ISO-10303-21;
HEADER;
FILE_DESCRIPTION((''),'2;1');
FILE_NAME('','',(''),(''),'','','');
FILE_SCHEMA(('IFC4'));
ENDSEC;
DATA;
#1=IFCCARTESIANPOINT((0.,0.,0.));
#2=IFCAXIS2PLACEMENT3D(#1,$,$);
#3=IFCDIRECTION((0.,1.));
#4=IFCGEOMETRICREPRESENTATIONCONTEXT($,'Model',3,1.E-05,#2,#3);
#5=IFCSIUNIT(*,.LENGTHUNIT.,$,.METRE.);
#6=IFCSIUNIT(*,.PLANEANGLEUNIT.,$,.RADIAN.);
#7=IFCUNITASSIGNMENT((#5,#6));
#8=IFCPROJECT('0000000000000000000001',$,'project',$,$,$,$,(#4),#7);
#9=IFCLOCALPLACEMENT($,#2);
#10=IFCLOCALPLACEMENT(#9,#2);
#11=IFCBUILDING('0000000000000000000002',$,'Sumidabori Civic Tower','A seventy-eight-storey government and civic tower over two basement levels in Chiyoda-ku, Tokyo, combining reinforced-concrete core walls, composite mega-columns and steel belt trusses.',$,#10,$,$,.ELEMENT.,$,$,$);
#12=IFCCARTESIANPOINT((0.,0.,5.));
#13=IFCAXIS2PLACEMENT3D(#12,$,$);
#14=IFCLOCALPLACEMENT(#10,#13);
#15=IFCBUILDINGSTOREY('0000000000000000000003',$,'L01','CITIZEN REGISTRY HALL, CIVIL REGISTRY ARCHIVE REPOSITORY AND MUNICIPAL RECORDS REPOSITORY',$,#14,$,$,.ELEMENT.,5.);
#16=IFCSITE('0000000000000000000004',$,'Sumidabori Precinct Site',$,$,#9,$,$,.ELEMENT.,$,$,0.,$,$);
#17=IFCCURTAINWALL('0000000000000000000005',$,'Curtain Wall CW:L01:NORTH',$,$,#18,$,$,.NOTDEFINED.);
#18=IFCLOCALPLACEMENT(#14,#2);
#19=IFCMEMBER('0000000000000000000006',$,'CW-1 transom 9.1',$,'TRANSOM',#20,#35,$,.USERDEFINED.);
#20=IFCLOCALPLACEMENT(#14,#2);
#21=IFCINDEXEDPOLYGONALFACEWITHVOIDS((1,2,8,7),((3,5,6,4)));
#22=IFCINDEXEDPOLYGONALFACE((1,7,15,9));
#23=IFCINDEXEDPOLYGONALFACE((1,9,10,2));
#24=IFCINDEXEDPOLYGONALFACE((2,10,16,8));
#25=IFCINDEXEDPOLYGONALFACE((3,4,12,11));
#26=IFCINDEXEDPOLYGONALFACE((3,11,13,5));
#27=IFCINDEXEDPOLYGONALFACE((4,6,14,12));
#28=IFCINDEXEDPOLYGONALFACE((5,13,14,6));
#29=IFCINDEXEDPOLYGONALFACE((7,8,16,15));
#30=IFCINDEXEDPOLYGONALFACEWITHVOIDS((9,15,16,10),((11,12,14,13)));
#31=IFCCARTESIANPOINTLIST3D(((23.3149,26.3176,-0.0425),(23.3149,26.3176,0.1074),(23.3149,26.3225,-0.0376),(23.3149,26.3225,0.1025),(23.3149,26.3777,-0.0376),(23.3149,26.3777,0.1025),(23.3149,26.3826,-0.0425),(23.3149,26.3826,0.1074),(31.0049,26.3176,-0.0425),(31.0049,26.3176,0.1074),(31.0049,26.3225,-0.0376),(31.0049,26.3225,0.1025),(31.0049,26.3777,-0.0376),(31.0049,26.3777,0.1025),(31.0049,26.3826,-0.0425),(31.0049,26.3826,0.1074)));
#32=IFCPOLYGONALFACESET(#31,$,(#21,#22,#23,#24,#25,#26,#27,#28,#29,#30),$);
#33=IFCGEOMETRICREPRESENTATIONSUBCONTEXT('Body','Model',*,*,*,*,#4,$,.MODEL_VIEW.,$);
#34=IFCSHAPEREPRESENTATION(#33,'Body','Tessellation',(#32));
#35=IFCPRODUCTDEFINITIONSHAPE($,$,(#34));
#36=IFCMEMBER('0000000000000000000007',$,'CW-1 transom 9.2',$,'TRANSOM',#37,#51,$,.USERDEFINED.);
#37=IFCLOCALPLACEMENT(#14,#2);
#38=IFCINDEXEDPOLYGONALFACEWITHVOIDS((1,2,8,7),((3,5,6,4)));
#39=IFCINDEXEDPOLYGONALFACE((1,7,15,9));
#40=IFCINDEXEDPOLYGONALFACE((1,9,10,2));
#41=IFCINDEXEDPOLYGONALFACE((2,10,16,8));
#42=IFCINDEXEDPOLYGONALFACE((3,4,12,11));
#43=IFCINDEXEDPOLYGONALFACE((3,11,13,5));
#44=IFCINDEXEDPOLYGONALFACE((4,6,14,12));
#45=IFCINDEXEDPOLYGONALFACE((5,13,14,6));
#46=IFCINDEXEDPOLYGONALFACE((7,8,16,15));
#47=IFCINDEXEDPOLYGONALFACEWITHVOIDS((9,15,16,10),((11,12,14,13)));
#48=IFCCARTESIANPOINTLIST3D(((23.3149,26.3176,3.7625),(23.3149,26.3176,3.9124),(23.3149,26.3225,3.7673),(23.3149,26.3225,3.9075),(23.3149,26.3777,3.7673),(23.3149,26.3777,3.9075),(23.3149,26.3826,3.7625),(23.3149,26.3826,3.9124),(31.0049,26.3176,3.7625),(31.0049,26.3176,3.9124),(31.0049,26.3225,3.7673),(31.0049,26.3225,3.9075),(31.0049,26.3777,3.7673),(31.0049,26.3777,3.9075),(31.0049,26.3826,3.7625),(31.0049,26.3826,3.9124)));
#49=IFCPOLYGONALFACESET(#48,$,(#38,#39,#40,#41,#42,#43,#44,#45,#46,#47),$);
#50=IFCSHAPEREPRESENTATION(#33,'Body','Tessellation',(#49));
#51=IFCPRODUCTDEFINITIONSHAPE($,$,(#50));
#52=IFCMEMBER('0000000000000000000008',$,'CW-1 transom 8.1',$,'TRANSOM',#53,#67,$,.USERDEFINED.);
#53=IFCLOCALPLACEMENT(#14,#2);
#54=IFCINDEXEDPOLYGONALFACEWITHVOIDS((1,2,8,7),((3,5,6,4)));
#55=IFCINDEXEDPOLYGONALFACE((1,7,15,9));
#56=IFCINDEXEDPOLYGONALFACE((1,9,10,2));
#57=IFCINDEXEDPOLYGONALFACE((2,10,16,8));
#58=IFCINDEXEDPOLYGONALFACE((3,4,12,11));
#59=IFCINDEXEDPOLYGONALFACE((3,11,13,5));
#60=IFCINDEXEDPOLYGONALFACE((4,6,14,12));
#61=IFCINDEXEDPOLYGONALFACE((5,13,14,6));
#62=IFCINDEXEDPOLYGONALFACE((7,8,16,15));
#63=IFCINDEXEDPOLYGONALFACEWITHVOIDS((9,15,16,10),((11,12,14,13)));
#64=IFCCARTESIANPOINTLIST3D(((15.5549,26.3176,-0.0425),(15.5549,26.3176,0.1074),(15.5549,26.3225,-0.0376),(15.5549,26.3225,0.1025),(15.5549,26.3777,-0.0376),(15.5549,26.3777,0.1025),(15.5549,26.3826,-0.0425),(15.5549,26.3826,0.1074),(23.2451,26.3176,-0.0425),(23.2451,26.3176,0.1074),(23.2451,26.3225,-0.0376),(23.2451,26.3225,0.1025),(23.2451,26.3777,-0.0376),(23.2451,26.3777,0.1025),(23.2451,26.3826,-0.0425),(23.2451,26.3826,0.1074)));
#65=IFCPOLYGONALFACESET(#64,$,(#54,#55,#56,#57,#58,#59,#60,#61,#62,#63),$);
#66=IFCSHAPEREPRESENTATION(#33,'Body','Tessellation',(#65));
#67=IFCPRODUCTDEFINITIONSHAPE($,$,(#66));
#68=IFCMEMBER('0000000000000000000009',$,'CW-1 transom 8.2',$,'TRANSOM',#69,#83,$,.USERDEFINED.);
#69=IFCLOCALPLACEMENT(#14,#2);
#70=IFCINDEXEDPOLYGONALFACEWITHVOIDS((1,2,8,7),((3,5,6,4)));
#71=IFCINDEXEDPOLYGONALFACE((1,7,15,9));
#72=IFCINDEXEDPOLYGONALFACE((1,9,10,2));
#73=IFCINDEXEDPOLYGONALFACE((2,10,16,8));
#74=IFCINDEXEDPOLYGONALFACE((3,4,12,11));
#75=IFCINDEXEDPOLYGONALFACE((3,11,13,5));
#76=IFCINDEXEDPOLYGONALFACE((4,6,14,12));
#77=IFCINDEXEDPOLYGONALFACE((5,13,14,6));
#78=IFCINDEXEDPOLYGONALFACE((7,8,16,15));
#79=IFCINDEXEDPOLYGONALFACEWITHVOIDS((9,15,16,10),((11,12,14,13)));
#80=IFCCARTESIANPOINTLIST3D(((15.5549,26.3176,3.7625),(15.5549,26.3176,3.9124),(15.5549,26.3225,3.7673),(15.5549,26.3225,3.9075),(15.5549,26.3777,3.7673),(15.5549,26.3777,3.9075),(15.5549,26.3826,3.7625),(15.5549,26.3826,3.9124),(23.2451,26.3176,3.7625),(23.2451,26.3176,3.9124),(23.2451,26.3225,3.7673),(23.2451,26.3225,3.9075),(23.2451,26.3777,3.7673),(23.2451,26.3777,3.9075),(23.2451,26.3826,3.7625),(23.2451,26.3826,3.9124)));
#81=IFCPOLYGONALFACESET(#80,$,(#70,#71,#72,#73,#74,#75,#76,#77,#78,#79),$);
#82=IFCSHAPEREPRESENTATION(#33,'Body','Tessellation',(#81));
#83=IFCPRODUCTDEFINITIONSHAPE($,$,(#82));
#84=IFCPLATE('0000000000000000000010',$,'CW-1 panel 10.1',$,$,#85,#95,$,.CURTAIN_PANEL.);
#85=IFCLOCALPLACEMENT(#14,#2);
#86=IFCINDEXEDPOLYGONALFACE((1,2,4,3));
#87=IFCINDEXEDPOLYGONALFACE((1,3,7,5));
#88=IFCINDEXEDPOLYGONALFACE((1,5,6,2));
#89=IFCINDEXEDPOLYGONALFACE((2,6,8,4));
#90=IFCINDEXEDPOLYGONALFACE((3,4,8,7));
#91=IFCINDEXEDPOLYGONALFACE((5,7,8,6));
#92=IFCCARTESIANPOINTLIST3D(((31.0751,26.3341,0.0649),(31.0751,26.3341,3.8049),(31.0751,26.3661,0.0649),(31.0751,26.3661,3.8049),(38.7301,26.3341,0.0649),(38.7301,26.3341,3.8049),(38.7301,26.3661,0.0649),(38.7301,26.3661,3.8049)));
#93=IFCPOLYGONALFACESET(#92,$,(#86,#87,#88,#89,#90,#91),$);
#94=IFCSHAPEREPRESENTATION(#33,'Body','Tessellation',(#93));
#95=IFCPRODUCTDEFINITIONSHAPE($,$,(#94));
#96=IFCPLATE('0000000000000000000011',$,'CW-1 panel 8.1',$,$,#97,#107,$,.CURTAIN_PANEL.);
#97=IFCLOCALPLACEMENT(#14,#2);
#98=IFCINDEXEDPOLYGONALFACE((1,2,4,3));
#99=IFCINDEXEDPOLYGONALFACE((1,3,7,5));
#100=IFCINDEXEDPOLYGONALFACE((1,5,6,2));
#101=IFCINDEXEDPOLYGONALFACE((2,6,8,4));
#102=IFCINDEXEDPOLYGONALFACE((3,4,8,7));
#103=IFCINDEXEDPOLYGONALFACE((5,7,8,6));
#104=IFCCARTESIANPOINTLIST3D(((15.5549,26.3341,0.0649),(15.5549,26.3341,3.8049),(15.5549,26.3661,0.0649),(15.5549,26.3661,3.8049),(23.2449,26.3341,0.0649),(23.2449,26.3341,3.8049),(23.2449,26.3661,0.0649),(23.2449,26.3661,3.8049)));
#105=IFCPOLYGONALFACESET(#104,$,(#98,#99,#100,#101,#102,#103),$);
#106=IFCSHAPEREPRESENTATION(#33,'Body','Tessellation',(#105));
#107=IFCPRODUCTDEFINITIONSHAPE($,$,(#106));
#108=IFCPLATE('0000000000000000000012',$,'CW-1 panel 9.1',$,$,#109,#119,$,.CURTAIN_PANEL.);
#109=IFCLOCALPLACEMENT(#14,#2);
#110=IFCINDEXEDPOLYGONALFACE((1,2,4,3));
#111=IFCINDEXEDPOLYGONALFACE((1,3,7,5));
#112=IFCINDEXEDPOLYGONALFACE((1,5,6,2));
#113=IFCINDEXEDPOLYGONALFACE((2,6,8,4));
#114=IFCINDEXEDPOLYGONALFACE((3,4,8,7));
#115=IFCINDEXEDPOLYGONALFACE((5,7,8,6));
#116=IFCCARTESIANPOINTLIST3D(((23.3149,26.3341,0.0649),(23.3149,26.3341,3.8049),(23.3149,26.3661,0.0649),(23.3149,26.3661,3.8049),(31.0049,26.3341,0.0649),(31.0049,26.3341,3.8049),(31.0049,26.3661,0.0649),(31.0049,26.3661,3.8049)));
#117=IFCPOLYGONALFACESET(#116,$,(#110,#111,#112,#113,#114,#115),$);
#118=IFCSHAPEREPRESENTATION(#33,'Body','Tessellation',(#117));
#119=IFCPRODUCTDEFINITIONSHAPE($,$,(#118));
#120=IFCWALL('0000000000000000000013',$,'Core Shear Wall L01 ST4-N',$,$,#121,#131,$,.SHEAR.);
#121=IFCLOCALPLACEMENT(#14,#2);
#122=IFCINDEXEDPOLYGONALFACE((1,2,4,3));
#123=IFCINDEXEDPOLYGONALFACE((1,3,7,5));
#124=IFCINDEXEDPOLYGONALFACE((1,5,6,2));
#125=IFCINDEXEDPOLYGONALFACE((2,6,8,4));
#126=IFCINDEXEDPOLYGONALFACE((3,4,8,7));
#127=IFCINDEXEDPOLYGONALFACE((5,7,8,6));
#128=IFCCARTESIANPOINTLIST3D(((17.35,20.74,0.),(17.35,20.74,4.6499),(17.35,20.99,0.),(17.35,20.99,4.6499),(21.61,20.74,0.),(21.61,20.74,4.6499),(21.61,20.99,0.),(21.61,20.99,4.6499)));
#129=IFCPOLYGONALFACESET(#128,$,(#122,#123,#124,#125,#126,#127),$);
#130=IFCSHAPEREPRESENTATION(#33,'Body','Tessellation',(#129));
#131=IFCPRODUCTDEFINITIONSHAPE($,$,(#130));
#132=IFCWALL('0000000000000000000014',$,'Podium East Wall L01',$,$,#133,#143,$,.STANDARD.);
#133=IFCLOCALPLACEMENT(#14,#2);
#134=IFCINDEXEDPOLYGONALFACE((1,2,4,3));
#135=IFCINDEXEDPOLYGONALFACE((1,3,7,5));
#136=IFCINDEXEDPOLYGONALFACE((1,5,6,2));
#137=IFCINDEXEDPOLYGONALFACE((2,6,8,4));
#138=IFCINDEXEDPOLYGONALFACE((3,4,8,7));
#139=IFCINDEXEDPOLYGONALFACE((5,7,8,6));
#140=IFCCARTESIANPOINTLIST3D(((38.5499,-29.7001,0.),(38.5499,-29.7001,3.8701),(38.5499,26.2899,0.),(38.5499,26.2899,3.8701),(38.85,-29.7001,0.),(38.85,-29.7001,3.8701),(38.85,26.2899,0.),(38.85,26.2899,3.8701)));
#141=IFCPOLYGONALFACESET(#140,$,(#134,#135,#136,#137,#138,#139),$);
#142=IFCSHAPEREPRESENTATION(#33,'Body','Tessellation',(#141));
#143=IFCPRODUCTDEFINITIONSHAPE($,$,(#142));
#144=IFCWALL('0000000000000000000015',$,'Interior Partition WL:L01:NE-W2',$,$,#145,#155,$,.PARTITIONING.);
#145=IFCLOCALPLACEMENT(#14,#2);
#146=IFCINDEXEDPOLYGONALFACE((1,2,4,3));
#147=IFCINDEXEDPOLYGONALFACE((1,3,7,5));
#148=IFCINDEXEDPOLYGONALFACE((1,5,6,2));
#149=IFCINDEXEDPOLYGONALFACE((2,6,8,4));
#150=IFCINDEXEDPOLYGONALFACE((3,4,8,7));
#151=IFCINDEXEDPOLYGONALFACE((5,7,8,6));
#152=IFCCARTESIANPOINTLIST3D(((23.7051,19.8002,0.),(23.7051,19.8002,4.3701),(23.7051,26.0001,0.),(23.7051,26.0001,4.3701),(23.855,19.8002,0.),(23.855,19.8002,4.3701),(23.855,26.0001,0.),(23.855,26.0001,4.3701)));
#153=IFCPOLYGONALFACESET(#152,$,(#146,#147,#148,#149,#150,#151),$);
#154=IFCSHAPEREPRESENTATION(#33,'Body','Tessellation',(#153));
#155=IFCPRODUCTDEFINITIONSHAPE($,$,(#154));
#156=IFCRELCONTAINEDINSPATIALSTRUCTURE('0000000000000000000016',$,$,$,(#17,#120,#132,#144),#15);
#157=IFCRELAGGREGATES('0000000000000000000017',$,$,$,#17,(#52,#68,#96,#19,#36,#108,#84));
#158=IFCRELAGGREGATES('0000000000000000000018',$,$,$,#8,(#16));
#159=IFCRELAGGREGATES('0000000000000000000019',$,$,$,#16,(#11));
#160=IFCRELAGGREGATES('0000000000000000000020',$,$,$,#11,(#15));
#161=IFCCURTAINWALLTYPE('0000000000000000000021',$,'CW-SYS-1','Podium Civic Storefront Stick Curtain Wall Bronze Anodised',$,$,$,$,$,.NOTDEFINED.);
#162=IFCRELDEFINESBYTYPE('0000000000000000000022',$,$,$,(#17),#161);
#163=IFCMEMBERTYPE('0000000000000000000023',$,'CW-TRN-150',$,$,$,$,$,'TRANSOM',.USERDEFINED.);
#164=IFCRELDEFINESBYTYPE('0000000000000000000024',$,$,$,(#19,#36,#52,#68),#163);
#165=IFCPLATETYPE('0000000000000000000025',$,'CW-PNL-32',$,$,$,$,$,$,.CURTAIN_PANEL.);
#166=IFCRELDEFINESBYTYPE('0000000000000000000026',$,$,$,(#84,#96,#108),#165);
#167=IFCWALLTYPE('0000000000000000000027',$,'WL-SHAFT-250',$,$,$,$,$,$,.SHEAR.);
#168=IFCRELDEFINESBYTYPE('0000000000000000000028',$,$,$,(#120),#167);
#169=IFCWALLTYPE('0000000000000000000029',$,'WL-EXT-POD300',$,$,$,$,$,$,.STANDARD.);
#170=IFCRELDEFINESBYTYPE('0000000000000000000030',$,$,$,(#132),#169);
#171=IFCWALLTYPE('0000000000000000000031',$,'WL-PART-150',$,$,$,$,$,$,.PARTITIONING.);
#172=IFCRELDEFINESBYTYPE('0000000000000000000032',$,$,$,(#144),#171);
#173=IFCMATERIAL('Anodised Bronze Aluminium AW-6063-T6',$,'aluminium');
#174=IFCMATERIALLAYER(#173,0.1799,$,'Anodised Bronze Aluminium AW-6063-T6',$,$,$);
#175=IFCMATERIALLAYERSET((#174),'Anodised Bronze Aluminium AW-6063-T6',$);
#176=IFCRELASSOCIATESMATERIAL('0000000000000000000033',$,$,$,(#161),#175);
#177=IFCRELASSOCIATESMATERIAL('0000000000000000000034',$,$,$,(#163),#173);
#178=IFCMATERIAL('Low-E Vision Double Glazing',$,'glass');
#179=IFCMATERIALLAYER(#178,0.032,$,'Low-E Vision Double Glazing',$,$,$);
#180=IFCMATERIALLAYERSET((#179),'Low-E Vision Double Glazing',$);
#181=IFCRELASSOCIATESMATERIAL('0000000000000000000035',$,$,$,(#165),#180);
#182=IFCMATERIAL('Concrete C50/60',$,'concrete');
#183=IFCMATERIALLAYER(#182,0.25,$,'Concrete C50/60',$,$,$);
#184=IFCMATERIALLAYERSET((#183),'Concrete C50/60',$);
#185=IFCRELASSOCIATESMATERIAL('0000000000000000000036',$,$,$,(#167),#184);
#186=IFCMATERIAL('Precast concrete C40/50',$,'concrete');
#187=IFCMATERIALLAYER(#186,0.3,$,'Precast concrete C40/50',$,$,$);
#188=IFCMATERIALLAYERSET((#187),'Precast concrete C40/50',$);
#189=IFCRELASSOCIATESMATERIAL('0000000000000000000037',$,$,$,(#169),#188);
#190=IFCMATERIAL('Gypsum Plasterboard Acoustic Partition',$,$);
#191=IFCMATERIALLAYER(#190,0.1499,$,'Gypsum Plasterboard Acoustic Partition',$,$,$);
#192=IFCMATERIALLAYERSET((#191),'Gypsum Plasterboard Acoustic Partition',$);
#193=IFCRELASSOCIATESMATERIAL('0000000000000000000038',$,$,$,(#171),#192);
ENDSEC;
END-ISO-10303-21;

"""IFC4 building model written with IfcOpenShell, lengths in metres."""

from ifc_helpers import new_model, si_unit, direction, frame, frame_2d, origin, origin_2d, place, context, subcontext, project, spatial, rectangle, hollow_rectangle, extrude, source, transform, mapped, material, layer, layer_set, material_profile, profile_set, type_object, element, aggregate, save


model = new_model("IFC4")

# Units and contexts
model_context = context("Model", 3, precision=1e-05, world=origin(), true_north=direction((0.0, 1.0)))
body_context = subcontext(model_context, "Body", "Model", "MODEL_VIEW")
ifc_project = project(units=[si_unit("LENGTHUNIT", "METRE"), si_unit("PLANEANGLEUNIT", "RADIAN")], contexts=[model_context])

# Site, building, storey
site_placement = place(None, origin())
site = spatial("IfcSite", under=ifc_project, at=site_placement, Name="Sumidabori Precinct Site", CompositionType="ELEMENT", RefElevation=0.0)
building_placement = place(site_placement, origin())
building = spatial("IfcBuilding", under=site, at=building_placement, Name="Sumidabori Civic Tower", Description="A seventy-eight-storey government and civic tower over two basement levels in Chiyoda-ku, Tokyo, combining reinforced-concrete core walls, composite mega-columns and steel belt trusses.", CompositionType="ELEMENT")
storey_placement = place(building_placement, frame((0.0, 0.0, 5.0)))
storey = spatial("IfcBuildingStorey", under=building, at=storey_placement, Name="L01", Description="CITIZEN REGISTRY HALL, CIVIL REGISTRY ARCHIVE REPOSITORY AND MUNICIPAL RECORDS REPOSITORY", CompositionType="ELEMENT", Elevation=5.0)

# Curtain wall, members, plates
ifc_material_1 = material(Name="Anodised Bronze Aluminium AW-6063-T6", Category="aluminium")
ifc_layer_1 = layer(ifc_material_1, 0.1799, Name="Anodised Bronze Aluminium AW-6063-T6")
ifc_layer_set_1 = layer_set([ifc_layer_1], Name="Anodised Bronze Aluminium AW-6063-T6")
curtain_wall_type = type_object("IfcCurtainWallType", Name="CW-SYS-1", Description="Podium Civic Storefront Stick Curtain Wall Bronze Anodised", PredefinedType="NOTDEFINED", material=ifc_layer_set_1)
curtain_wall_placement = place(storey_placement, origin())
curtain_wall = element("IfcCurtainWall", 1, at=curtain_wall_placement, inside=storey, type_object=curtain_wall_type, Name="Curtain Wall CW:L01:NORTH", PredefinedType="NOTDEFINED")
ifc_material_profile_1 = material_profile(ifc_material_1, hollow_rectangle(XDim=0.0649, YDim=0.1499, WallThickness=0.0049, at=origin_2d()), Name="ALU TRANSOM 150x65")
ifc_profile_set_1 = profile_set([ifc_material_profile_1], Name="Anodised Bronze Aluminium AW-6063-T6")
member_type_1 = type_object("IfcMemberType", Name="CW-TRN-150", ElementType="TRANSOM", PredefinedType="USERDEFINED", material=ifc_profile_set_1)
shared_shape_1 = source(origin(), body_context, "Body", "SweptSolid", [
    extrude(hollow_rectangle(XDim=0.0649, YDim=0.1499, WallThickness=0.0049, at=origin_2d()), origin(), (0.0, 0.0, 1.0), 7.6899),
])
member_1_placement = place(storey_placement, frame((23.3149, 26.3501, 0.0325), z_axis=(1.0, 0.0, 0.0), x_axis=(0.0, 1.0, 0.0)))
member_1 = element("IfcMember", 2, at=member_1_placement, type_object=member_type_1, Name="CW-1 transom 9.1", ObjectType="TRANSOM", PredefinedType="USERDEFINED", context=body_context, shape_type="MappedRepresentation", body=[
    mapped(shared_shape_1, transform((0.0, 0.0, 0.0), x_axis=(1.0, 0.0, 0.0), y_axis=(0.0, 1.0, 0.0), z_axis=(0.0, 0.0, 1.0), scale=1.0)),
])
member_2_placement = place(storey_placement, frame((23.3149, 26.3501, 3.8374), z_axis=(1.0, 0.0, 0.0), x_axis=(0.0, 1.0, 0.0)))
member_2 = element("IfcMember", 3, at=member_2_placement, type_object=member_type_1, Name="CW-1 transom 9.2", ObjectType="TRANSOM", PredefinedType="USERDEFINED", context=body_context, shape_type="MappedRepresentation", body=[
    mapped(shared_shape_1, transform((0.0, 0.0, 0.0), x_axis=(1.0, 0.0, 0.0), y_axis=(0.0, 1.0, 0.0), z_axis=(0.0, 0.0, 1.0), scale=1.0)),
])
shared_shape_2 = source(origin(), body_context, "Body", "SweptSolid", [
    extrude(hollow_rectangle(XDim=0.0649, YDim=0.1499, WallThickness=0.0049, at=origin_2d()), origin(), (0.0, 0.0, 1.0), 7.6902),
])
member_3_placement = place(storey_placement, frame((15.5549, 26.3501, 0.0325), z_axis=(1.0, 0.0, 0.0), x_axis=(0.0, 1.0, 0.0)))
member_3 = element("IfcMember", 4, at=member_3_placement, type_object=member_type_1, Name="CW-1 transom 8.1", ObjectType="TRANSOM", PredefinedType="USERDEFINED", context=body_context, shape_type="MappedRepresentation", body=[
    mapped(shared_shape_2, transform((0.0, 0.0, 0.0), x_axis=(1.0, 0.0, 0.0), y_axis=(0.0, 1.0, 0.0), z_axis=(0.0, 0.0, 1.0), scale=1.0)),
])
member_4_placement = place(storey_placement, frame((15.5549, 26.3501, 3.8374), z_axis=(1.0, 0.0, 0.0), x_axis=(0.0, 1.0, 0.0)))
member_4 = element("IfcMember", 5, at=member_4_placement, type_object=member_type_1, Name="CW-1 transom 8.2", ObjectType="TRANSOM", PredefinedType="USERDEFINED", context=body_context, shape_type="MappedRepresentation", body=[
    mapped(shared_shape_2, transform((0.0, 0.0, 0.0), x_axis=(1.0, 0.0, 0.0), y_axis=(0.0, 1.0, 0.0), z_axis=(0.0, 0.0, 1.0), scale=1.0)),
])
ifc_material_2 = material(Name="Low-E Vision Double Glazing", Category="glass")
ifc_layer_2 = layer(ifc_material_2, 0.032, Name="Low-E Vision Double Glazing")
ifc_layer_set_2 = layer_set([ifc_layer_2], Name="Low-E Vision Double Glazing")
plate_type = type_object("IfcPlateType", Name="CW-PNL-32", PredefinedType="CURTAIN_PANEL", material=ifc_layer_set_2)
shared_shape_3 = source(origin(), body_context, "Body", "SweptSolid", [
    extrude(rectangle(XDim=7.655, YDim=0.032, at=origin_2d()), origin(), (0.0, 0.0, 1.0), 3.74),
])
plate_1_placement = place(storey_placement, frame((34.9026, 26.3501, 0.0649), z_axis=(0.0, 0.0, 1.0), x_axis=(1.0, 0.0, 0.0)))
plate_1 = element("IfcPlate", 6, at=plate_1_placement, type_object=plate_type, Name="CW-1 panel 10.1", PredefinedType="CURTAIN_PANEL", context=body_context, shape_type="MappedRepresentation", body=[
    mapped(shared_shape_3, transform((0.0, 0.0, 0.0), x_axis=(1.0, 0.0, 0.0), y_axis=(0.0, 1.0, 0.0), z_axis=(0.0, 0.0, 1.0), scale=1.0)),
])
shared_shape_4 = source(origin(), body_context, "Body", "SweptSolid", [
    extrude(rectangle(XDim=7.6899, YDim=0.032, at=origin_2d()), origin(), (0.0, 0.0, 1.0), 3.74),
])
plate_2_placement = place(storey_placement, frame((19.3999, 26.3501, 0.0649), z_axis=(0.0, 0.0, 1.0), x_axis=(1.0, 0.0, 0.0)))
plate_2 = element("IfcPlate", 7, at=plate_2_placement, type_object=plate_type, Name="CW-1 panel 8.1", PredefinedType="CURTAIN_PANEL", context=body_context, shape_type="MappedRepresentation", body=[
    mapped(shared_shape_4, transform((0.0, 0.0, 0.0), x_axis=(1.0, 0.0, 0.0), y_axis=(0.0, 1.0, 0.0), z_axis=(0.0, 0.0, 1.0), scale=1.0)),
])
plate_3_placement = place(storey_placement, frame((27.1599, 26.3501, 0.0649), z_axis=(0.0, 0.0, 1.0), x_axis=(1.0, 0.0, 0.0)))
plate_3 = element("IfcPlate", 8, at=plate_3_placement, type_object=plate_type, Name="CW-1 panel 9.1", PredefinedType="CURTAIN_PANEL", context=body_context, shape_type="MappedRepresentation", body=[
    mapped(shared_shape_4, transform((0.0, 0.0, 0.0), x_axis=(1.0, 0.0, 0.0), y_axis=(0.0, 1.0, 0.0), z_axis=(0.0, 0.0, 1.0), scale=1.0)),
])
aggregate(curtain_wall, [member_3, member_4, plate_2, member_1, member_2, plate_3, plate_1])

# Walls
ifc_material_3 = material(Name="Concrete C50/60", Category="concrete")
ifc_layer_3 = layer(ifc_material_3, 0.25, Name="Concrete C50/60")
ifc_layer_set_3 = layer_set([ifc_layer_3], Name="Concrete C50/60")
wall_type_1 = type_object("IfcWallType", Name="WL-SHAFT-250", PredefinedType="SHEAR", material=ifc_layer_set_3)
shared_shape_5 = source(origin(), body_context, "Body", "SweptSolid", [
    extrude(rectangle(XDim=4.26, YDim=0.25, at=frame_2d((2.1299, 0.0))), origin(), (0.0, 0.0, 1.0), 4.6499),
])
wall_1_placement = place(storey_placement, frame((17.3501, 20.865, 0.0), z_axis=(0.0, 0.0, 1.0), x_axis=(1.0, 0.0, 0.0)))
element("IfcWall", 9, at=wall_1_placement, inside=storey, type_object=wall_type_1, Name="Core Shear Wall L01 ST4-N", PredefinedType="SHEAR", context=body_context, shape_type="MappedRepresentation", body=[
    mapped(shared_shape_5, transform((0.0, 0.0, 0.0), x_axis=(1.0, 0.0, 0.0), y_axis=(0.0, 1.0, 0.0), z_axis=(0.0, 0.0, 1.0), scale=1.0)),
])
ifc_material_4 = material(Name="Precast concrete C40/50", Category="concrete")
ifc_layer_4 = layer(ifc_material_4, 0.3, Name="Precast concrete C40/50")
ifc_layer_set_4 = layer_set([ifc_layer_4], Name="Precast concrete C40/50")
wall_type_2 = type_object("IfcWallType", Name="WL-EXT-POD300", PredefinedType="STANDARD", material=ifc_layer_set_4)
shared_shape_6 = source(origin(), body_context, "Body", "SweptSolid", [
    extrude(rectangle(XDim=55.99, YDim=0.3, at=frame_2d((27.9951, 0.0))), origin(), (0.0, 0.0, 1.0), 3.8701),
])
wall_2_placement = place(storey_placement, frame((38.7, 26.29, 0.0), z_axis=(0.0, 0.0, 1.0), x_axis=(0.0, -1.0, 0.0)))
element("IfcWall", 10, at=wall_2_placement, inside=storey, type_object=wall_type_2, Name="Podium East Wall L01", PredefinedType="STANDARD", context=body_context, shape_type="MappedRepresentation", body=[
    mapped(shared_shape_6, transform((0.0, 0.0, 0.0), x_axis=(1.0, 0.0, 0.0), y_axis=(0.0, 1.0, 0.0), z_axis=(0.0, 0.0, 1.0), scale=1.0)),
])
ifc_material_5 = material(Name="Gypsum Plasterboard Acoustic Partition")
ifc_layer_5 = layer(ifc_material_5, 0.1499, Name="Gypsum Plasterboard Acoustic Partition")
ifc_layer_set_5 = layer_set([ifc_layer_5], Name="Gypsum Plasterboard Acoustic Partition")
wall_type_3 = type_object("IfcWallType", Name="WL-PART-150", PredefinedType="PARTITIONING", material=ifc_layer_set_5)
shared_shape_7 = source(origin(), body_context, "Body", "SweptSolid", [
    extrude(rectangle(XDim=6.2, YDim=0.1499, at=frame_2d((3.1001, 0.0))), origin(), (0.0, 0.0, 1.0), 4.3701),
])
wall_3_placement = place(storey_placement, frame((23.78, 19.8, 0.0), z_axis=(0.0, 0.0, 1.0), x_axis=(0.0, 1.0, 0.0)))
element("IfcWall", 11, at=wall_3_placement, inside=storey, type_object=wall_type_3, Name="Interior Partition WL:L01:NE-W2", PredefinedType="PARTITIONING", context=body_context, shape_type="MappedRepresentation", body=[
    mapped(shared_shape_7, transform((0.0, 0.0, 0.0), x_axis=(1.0, 0.0, 0.0), y_axis=(0.0, 1.0, 0.0), z_axis=(0.0, 0.0, 1.0), scale=1.0)),
])

save(model, "model.ifc")
